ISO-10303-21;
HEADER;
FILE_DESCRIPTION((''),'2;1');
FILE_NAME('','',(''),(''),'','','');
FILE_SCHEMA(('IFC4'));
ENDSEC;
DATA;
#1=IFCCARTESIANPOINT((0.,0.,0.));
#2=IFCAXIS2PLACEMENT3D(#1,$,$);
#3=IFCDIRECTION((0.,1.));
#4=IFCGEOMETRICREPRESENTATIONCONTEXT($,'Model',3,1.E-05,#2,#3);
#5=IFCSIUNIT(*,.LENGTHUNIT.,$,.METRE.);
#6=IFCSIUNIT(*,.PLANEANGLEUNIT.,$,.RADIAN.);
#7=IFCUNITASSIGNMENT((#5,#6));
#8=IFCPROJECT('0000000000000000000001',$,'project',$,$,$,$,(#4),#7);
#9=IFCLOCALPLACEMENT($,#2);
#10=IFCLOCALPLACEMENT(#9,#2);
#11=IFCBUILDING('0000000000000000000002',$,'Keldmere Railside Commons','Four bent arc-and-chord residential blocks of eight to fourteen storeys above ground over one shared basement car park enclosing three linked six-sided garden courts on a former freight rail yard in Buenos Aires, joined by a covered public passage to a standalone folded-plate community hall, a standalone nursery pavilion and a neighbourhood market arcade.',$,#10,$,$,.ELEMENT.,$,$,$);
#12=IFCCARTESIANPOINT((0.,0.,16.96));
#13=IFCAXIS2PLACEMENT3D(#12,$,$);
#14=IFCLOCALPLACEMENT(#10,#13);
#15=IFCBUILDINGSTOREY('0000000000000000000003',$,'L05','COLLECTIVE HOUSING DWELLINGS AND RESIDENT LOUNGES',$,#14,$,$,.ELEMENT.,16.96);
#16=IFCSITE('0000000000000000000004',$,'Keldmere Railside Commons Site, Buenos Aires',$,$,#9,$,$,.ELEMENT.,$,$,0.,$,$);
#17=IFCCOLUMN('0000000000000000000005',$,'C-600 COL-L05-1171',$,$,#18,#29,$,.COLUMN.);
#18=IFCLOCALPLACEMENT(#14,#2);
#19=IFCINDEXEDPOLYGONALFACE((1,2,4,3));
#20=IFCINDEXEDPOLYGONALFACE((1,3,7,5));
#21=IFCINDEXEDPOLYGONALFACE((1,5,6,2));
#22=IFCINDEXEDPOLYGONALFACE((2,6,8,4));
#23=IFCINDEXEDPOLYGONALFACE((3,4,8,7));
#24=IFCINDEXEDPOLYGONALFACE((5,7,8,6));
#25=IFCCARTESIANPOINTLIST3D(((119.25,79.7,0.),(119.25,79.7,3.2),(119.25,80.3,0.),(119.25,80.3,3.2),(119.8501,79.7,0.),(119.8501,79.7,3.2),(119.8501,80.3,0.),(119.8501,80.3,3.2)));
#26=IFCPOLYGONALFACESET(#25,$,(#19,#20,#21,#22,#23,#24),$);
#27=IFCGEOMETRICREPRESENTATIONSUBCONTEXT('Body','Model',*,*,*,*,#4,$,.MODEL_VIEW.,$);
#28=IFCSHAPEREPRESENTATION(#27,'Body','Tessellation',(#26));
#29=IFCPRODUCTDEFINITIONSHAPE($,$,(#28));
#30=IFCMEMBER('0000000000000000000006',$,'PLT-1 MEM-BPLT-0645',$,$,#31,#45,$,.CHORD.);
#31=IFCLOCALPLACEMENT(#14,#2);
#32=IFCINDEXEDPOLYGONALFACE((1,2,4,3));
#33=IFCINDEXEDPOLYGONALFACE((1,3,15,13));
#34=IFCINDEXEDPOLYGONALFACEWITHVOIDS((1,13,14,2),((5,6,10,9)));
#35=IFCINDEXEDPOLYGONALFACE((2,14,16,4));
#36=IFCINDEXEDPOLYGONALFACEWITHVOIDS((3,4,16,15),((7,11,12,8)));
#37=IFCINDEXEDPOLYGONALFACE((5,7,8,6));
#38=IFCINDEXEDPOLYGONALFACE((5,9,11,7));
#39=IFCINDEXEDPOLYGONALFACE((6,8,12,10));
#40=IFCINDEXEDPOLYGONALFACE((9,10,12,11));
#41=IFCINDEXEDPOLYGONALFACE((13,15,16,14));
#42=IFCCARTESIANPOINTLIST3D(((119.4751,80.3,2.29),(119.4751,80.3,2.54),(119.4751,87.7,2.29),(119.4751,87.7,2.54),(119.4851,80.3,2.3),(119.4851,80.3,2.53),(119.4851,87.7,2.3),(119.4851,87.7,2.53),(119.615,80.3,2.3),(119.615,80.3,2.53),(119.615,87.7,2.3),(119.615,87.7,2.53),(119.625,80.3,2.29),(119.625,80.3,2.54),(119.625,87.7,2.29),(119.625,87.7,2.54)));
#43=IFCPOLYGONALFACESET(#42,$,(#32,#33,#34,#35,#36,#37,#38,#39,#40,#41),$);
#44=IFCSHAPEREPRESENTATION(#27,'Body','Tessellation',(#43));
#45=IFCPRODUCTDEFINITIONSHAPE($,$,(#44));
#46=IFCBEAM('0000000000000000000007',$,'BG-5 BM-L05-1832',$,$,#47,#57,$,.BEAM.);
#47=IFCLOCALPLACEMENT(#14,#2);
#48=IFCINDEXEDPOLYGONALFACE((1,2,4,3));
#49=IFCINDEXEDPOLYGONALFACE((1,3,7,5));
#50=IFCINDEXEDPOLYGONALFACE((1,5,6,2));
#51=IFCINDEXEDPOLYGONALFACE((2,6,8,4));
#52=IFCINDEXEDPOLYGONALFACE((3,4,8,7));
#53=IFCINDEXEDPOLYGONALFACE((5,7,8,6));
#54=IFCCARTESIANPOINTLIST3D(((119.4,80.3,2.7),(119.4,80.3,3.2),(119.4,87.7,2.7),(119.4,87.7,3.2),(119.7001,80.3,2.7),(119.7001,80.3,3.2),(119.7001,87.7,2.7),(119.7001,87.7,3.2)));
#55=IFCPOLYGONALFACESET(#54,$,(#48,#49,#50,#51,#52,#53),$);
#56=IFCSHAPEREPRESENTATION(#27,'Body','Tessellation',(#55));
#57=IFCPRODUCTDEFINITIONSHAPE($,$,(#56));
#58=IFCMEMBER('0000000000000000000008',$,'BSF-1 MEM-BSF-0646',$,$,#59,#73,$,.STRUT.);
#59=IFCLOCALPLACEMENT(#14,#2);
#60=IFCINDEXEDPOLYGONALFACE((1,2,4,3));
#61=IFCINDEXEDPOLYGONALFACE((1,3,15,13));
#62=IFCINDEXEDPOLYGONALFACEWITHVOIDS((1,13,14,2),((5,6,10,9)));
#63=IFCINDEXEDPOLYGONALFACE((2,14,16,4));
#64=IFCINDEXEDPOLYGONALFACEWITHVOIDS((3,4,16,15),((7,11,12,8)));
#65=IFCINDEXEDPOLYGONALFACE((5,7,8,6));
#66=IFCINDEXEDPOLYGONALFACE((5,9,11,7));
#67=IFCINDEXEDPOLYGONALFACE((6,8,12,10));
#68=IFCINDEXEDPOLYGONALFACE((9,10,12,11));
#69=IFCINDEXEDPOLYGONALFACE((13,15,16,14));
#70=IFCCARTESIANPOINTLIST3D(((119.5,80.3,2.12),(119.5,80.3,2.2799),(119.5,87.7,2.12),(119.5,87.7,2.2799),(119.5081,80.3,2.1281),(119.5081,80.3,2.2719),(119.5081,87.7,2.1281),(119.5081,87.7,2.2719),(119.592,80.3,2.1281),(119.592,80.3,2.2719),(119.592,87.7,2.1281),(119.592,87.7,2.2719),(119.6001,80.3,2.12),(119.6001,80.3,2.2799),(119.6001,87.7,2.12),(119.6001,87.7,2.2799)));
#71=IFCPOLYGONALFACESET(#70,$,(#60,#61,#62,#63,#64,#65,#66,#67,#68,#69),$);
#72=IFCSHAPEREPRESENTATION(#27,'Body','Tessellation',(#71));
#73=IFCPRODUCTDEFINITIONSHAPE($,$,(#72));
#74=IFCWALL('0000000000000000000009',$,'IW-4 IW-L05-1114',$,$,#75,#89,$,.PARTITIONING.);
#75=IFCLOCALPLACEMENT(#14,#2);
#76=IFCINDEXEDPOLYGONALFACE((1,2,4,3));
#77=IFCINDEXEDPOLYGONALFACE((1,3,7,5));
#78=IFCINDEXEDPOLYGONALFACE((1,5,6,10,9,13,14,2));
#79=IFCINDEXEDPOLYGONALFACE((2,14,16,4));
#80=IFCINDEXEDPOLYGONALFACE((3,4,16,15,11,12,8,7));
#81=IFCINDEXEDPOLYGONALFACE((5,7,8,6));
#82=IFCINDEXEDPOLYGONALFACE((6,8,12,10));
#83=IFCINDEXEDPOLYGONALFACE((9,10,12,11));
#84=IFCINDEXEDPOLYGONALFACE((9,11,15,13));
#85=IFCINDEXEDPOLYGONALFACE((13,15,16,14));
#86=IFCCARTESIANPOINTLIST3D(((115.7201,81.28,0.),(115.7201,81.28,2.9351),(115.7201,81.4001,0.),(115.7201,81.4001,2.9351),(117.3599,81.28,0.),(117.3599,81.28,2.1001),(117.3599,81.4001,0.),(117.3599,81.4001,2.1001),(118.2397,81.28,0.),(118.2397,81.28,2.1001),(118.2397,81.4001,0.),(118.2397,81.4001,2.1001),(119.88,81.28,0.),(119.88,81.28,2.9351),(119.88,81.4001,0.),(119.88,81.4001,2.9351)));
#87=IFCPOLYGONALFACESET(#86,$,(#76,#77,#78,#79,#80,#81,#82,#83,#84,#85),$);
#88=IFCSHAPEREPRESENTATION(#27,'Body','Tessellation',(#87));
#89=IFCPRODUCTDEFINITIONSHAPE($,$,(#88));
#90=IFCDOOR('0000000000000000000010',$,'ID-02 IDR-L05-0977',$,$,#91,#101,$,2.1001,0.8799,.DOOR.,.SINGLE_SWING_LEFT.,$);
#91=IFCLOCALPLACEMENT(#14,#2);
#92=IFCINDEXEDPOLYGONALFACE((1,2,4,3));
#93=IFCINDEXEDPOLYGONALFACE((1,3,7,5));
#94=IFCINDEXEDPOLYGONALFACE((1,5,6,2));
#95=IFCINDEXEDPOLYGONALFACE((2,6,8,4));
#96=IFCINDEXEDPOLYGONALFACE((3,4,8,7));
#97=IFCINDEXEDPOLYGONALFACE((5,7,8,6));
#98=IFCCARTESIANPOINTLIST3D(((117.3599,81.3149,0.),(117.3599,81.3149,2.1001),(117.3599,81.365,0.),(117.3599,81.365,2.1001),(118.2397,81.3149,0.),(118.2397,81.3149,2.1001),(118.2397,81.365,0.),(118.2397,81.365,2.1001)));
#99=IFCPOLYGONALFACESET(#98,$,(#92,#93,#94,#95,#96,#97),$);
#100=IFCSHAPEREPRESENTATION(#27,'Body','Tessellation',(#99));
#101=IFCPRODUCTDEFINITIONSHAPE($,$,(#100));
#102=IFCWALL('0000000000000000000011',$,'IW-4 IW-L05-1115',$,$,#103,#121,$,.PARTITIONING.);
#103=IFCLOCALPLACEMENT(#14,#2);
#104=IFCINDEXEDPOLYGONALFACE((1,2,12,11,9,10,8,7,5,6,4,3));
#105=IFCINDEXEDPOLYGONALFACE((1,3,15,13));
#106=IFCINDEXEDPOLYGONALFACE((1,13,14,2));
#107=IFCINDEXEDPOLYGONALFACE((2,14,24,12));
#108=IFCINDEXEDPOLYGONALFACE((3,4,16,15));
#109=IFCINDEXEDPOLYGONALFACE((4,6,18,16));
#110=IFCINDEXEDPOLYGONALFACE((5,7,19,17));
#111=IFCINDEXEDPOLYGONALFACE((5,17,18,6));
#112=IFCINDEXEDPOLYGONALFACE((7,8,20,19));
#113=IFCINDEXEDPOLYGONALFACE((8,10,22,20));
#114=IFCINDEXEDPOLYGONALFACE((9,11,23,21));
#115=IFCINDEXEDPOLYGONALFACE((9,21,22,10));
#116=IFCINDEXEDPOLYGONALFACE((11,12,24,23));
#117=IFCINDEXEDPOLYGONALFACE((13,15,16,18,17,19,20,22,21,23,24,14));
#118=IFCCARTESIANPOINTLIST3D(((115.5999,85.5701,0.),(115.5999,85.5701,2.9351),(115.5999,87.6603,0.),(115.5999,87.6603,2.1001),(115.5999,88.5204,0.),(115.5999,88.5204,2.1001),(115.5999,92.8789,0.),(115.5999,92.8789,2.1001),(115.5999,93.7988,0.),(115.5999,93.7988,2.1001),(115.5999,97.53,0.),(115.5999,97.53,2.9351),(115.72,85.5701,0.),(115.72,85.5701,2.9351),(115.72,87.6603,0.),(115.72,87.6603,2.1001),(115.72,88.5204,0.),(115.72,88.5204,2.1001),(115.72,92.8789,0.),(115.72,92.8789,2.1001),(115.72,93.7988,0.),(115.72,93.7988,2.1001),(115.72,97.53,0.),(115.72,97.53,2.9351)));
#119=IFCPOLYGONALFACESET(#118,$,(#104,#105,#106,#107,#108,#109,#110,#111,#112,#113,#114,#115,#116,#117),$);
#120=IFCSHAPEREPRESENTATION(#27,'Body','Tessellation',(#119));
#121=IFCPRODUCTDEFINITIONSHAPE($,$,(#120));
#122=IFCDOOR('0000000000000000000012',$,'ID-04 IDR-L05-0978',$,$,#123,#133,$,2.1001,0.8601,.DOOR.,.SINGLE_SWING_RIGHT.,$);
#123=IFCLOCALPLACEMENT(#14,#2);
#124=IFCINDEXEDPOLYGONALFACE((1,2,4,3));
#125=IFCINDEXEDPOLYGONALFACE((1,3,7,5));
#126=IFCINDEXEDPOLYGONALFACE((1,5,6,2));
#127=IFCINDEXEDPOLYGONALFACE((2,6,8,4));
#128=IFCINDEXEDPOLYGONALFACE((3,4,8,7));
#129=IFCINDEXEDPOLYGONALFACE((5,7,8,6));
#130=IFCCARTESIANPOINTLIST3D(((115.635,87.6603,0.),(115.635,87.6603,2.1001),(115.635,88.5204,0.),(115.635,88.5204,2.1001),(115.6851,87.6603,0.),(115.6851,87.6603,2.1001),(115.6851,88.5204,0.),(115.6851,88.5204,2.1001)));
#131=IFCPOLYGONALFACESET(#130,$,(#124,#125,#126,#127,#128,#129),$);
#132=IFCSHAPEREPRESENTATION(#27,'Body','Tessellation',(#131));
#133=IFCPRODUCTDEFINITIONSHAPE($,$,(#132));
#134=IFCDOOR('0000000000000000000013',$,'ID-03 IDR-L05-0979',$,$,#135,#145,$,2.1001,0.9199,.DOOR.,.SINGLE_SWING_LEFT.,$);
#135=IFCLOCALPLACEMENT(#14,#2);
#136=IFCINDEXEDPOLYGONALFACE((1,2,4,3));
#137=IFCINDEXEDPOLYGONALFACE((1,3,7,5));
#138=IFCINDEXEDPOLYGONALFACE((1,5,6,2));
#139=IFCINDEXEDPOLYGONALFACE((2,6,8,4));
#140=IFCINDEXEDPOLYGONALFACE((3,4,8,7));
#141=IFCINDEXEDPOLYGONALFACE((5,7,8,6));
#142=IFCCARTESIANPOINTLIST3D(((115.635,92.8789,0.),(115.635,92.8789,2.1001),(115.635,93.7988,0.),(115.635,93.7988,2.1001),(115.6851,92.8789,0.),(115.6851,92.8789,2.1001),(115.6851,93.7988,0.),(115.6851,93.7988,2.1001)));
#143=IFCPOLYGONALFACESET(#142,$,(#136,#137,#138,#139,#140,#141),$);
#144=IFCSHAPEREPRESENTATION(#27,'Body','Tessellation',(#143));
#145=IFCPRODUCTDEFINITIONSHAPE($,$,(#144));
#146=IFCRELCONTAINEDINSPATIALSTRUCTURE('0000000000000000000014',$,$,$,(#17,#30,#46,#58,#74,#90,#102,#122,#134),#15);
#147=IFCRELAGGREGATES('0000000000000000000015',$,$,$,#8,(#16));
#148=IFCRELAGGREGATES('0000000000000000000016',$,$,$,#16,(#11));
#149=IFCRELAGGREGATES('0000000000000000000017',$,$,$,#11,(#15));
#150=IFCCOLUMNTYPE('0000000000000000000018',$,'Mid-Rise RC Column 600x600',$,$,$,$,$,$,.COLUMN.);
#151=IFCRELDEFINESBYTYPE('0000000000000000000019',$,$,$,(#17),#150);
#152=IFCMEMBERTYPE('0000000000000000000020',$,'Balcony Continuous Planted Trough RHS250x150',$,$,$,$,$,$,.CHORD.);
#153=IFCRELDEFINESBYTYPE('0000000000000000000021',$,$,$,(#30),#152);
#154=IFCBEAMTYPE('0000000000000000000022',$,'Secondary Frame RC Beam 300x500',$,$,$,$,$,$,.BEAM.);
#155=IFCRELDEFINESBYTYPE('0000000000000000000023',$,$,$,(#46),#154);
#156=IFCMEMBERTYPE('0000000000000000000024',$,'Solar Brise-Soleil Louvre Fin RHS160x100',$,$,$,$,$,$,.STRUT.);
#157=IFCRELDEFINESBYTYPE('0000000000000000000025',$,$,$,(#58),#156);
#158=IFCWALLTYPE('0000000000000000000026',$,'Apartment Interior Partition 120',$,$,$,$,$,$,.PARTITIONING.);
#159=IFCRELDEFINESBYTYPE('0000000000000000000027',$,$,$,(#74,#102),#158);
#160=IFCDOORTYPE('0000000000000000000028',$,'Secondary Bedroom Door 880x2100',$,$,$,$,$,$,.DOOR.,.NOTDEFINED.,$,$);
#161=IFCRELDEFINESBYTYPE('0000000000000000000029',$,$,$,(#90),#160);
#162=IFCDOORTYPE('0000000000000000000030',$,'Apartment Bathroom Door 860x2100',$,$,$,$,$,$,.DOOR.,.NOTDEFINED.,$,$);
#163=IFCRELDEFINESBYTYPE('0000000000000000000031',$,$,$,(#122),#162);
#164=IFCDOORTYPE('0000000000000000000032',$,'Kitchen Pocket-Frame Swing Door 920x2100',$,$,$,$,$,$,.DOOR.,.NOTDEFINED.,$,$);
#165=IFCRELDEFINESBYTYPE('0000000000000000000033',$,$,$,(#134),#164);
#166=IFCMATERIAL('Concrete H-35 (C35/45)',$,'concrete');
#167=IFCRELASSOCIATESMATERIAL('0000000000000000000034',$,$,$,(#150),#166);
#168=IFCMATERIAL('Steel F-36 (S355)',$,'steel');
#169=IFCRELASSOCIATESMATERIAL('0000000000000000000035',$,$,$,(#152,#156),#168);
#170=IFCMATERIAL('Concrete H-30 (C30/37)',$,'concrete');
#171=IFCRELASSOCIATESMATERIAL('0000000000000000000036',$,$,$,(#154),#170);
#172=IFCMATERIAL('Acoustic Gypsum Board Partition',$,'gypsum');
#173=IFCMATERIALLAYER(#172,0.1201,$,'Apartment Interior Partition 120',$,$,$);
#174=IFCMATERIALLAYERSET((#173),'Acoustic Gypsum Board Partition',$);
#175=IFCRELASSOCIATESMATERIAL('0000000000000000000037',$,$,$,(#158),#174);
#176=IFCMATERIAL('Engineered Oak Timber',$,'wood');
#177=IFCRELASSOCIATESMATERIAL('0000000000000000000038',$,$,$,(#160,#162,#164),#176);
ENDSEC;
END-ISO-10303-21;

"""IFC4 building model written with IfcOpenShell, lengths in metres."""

from ifc_helpers import new_model, si_unit, direction, frame, frame_2d, origin, origin_2d, place, context, subcontext, project, spatial, rectangle, hollow_rectangle, extrude, material, layer, layer_set, material_profile, profile_set, type_object, element, fill, save


model = new_model("IFC4")

# Units and contexts
model_context = context("Model", 3, precision=1e-05, world=origin(), true_north=direction((0.0, 1.0)))
body_context = subcontext(model_context, "Body", "Model", "MODEL_VIEW")
ifc_project = project(units=[si_unit("LENGTHUNIT", "METRE"), si_unit("PLANEANGLEUNIT", "RADIAN")], contexts=[model_context])

# Site, building, storey
site_placement = place(None, origin())
site = spatial("IfcSite", under=ifc_project, at=site_placement, Name="Keldmere Railside Commons Site, Buenos Aires", CompositionType="ELEMENT", RefElevation=0.0)
building_placement = place(site_placement, origin())
building = spatial("IfcBuilding", under=site, at=building_placement, Name="Keldmere Railside Commons", Description="Four bent arc-and-chord residential blocks of eight to fourteen storeys above ground over one shared basement car park enclosing three linked six-sided garden courts on a former freight rail yard in Buenos Aires, joined by a covered public passage to a standalone folded-plate community hall, a standalone nursery pavilion and a neighbourhood market arcade.", CompositionType="ELEMENT")
storey_placement = place(building_placement, frame((0.0, 0.0, 16.96)))
storey = spatial("IfcBuildingStorey", under=building, at=storey_placement, Name="L05", Description="COLLECTIVE HOUSING DWELLINGS AND RESIDENT LOUNGES", CompositionType="ELEMENT", Elevation=16.96)

# Column
ifc_material_1 = material(Name="Concrete H-35 (C35/45)", Category="concrete")
ifc_material_profile_1 = material_profile(ifc_material_1, rectangle(XDim=0.6001, YDim=0.6001, at=origin_2d()), Name="RC-600x600")
ifc_profile_set_1 = profile_set([ifc_material_profile_1], Name="Concrete H-35 (C35/45)")
column_type = type_object("IfcColumnType", Name="Mid-Rise RC Column 600x600", PredefinedType="COLUMN", material=ifc_profile_set_1)
column_placement = place(storey_placement, frame((119.55, 80.0, 0.0), z_axis=(0.0, 0.0, 1.0), x_axis=(1.0, 0.0, 0.0)))
element("IfcColumn", 1, at=column_placement, inside=storey, type_object=column_type, Name="C-600 COL-L05-1171", PredefinedType="COLUMN", context=body_context, shape_type="SweptSolid", body=[
    extrude(rectangle(XDim=0.6001, YDim=0.6001, at=origin_2d()), origin(), (0.0, 0.0, 1.0), 3.2),
])

# Member
ifc_material_2 = material(Name="Steel F-36 (S355)", Category="steel")
ifc_material_profile_2 = material_profile(ifc_material_2, hollow_rectangle(XDim=0.1499, YDim=0.25, WallThickness=0.01, at=origin_2d()), Name="RHS-250x150x10")
ifc_profile_set_2 = profile_set([ifc_material_profile_2], Name="Steel F-36 (S355)")
member_type_1 = type_object("IfcMemberType", Name="Balcony Continuous Planted Trough RHS250x150", PredefinedType="CHORD", material=ifc_profile_set_2)
member_1_placement = place(storey_placement, frame((119.55, 80.3, 2.415), z_axis=(0.0, 1.0, 0.0), x_axis=(-1.0, 0.0, 0.0)))
element("IfcMember", 2, at=member_1_placement, inside=storey, type_object=member_type_1, Name="PLT-1 MEM-BPLT-0645", PredefinedType="CHORD", context=body_context, shape_type="SweptSolid", body=[
    extrude(hollow_rectangle(XDim=0.1499, YDim=0.25, WallThickness=0.01, at=origin_2d()), origin(), (0.0, 0.0, 1.0), 7.3999),
])

# Beam
ifc_material_3 = material(Name="Concrete H-30 (C30/37)", Category="concrete")
ifc_material_profile_3 = material_profile(ifc_material_3, rectangle(XDim=0.3, YDim=0.5, at=origin_2d()), Name="RC-300x500")
ifc_profile_set_3 = profile_set([ifc_material_profile_3], Name="Concrete H-30 (C30/37)")
beam_type = type_object("IfcBeamType", Name="Secondary Frame RC Beam 300x500", PredefinedType="BEAM", material=ifc_profile_set_3)
beam_placement = place(storey_placement, frame((119.55, 80.3, 2.95), z_axis=(0.0, 1.0, 0.0), x_axis=(-1.0, 0.0, 0.0)))
element("IfcBeam", 3, at=beam_placement, inside=storey, type_object=beam_type, Name="BG-5 BM-L05-1832", PredefinedType="BEAM", context=body_context, shape_type="SweptSolid", body=[
    extrude(rectangle(XDim=0.3, YDim=0.5, at=origin_2d()), origin(), (0.0, 0.0, 1.0), 7.3999),
])

# Member
ifc_material_profile_4 = material_profile(ifc_material_2, hollow_rectangle(XDim=0.1001, YDim=0.1599, WallThickness=0.0081, at=origin_2d()), Name="RHS-160x100x8")
ifc_profile_set_4 = profile_set([ifc_material_profile_4], Name="Steel F-36 (S355)")
member_type_2 = type_object("IfcMemberType", Name="Solar Brise-Soleil Louvre Fin RHS160x100", PredefinedType="STRUT", material=ifc_profile_set_4)
member_2_placement = place(storey_placement, frame((119.55, 80.3, 2.2), z_axis=(0.0, 1.0, 0.0), x_axis=(-1.0, 0.0, 0.0)))
element("IfcMember", 4, at=member_2_placement, inside=storey, type_object=member_type_2, Name="BSF-1 MEM-BSF-0646", PredefinedType="STRUT", context=body_context, shape_type="SweptSolid", body=[
    extrude(hollow_rectangle(XDim=0.1001, YDim=0.1599, WallThickness=0.0081, at=origin_2d()), origin(), (0.0, 0.0, 1.0), 7.3999),
])

# Wall, opening, door
ifc_material_4 = material(Name="Acoustic Gypsum Board Partition", Category="gypsum")
ifc_layer = layer(ifc_material_4, 0.1201, Name="Apartment Interior Partition 120")
ifc_layer_set = layer_set([ifc_layer], Name="Acoustic Gypsum Board Partition")
wall_type = type_object("IfcWallType", Name="Apartment Interior Partition 120", PredefinedType="PARTITIONING", material=ifc_layer_set)
wall_1_placement = place(storey_placement, frame((115.72, 81.3401, 0.0), z_axis=(0.0, 0.0, 1.0), x_axis=(1.0, 0.0, 0.0)))
wall_1 = element("IfcWall", 5, at=wall_1_placement, inside=storey, type_object=wall_type, Name="IW-4 IW-L05-1114", PredefinedType="PARTITIONING", context=body_context, shape_type="SweptSolid", body=[
    extrude(rectangle(XDim=4.1599, YDim=0.1201, at=frame_2d((2.0801, 0.0))), origin(), (0.0, 0.0, 1.0), 2.9351),
])
opening_1_placement = place(wall_1_placement, frame((1.6399, 0.0, 0.0)))
opening_1 = element("IfcOpeningElement", 6, at=opening_1_placement, cuts=wall_1, PredefinedType="OPENING", context=body_context, shape_type="SweptSolid", body=[
    extrude(rectangle(XDim=0.8799, YDim=2.1001, at=frame_2d((0.4399, 1.05))), frame((0.0, 0.0701, 0.0), z_axis=(0.0, -1.0, 0.0), x_axis=(1.0, 0.0, 0.0)), (0.0, 0.0, 1.0), 0.1401),
])
ifc_material_5 = material(Name="Engineered Oak Timber", Category="wood")
door_type_1 = type_object("IfcDoorType", Name="Secondary Bedroom Door 880x2100", OperationType="NOTDEFINED", PredefinedType="DOOR", material=ifc_material_5)
door_1_placement = place(opening_1_placement, origin())
door_1 = element("IfcDoor", 7, at=door_1_placement, inside=storey, type_object=door_type_1, Name="ID-02 IDR-L05-0977", OperationType="SINGLE_SWING_LEFT", OverallHeight=2.1001, OverallWidth=0.8799, PredefinedType="DOOR", context=body_context, shape_type="SweptSolid", body=[
    extrude(rectangle(XDim=0.8799, YDim=2.1001, at=frame_2d((0.4399, 1.05))), frame((0.0, 0.0249, 0.0), z_axis=(0.0, -1.0, 0.0), x_axis=(1.0, 0.0, 0.0)), (0.0, 0.0, 1.0), 0.05),
])
fill(opening_1, door_1)

# Wall, openings, doors
wall_2_placement = place(storey_placement, frame((115.6599, 85.5701, 0.0), z_axis=(0.0, 0.0, 1.0), x_axis=(0.0, 1.0, 0.0)))
wall_2 = element("IfcWall", 8, at=wall_2_placement, inside=storey, type_object=wall_type, Name="IW-4 IW-L05-1115", PredefinedType="PARTITIONING", context=body_context, shape_type="SweptSolid", body=[
    extrude(rectangle(XDim=11.96, YDim=0.1201, at=frame_2d((5.98, 0.0))), origin(), (0.0, 0.0, 1.0), 2.9351),
])
opening_2_placement = place(wall_2_placement, frame((2.0901, 0.0, 0.0)))
opening_2 = element("IfcOpeningElement", 9, at=opening_2_placement, cuts=wall_2, PredefinedType="OPENING", context=body_context, shape_type="SweptSolid", body=[
    extrude(rectangle(XDim=0.8601, YDim=2.1001, at=frame_2d((0.4302, 1.05))), frame((0.0, 0.0701, 0.0), z_axis=(0.0, -1.0, 0.0), x_axis=(1.0, 0.0, 0.0)), (0.0, 0.0, 1.0), 0.1401),
])
opening_3_placement = place(wall_2_placement, frame((7.3088, 0.0, 0.0)))
opening_3 = element("IfcOpeningElement", 10, at=opening_3_placement, cuts=wall_2, PredefinedType="OPENING", context=body_context, shape_type="SweptSolid", body=[
    extrude(rectangle(XDim=0.9199, YDim=2.1001, at=frame_2d((0.46, 1.05))), frame((0.0, 0.0701, 0.0), z_axis=(0.0, -1.0, 0.0), x_axis=(1.0, 0.0, 0.0)), (0.0, 0.0, 1.0), 0.1401),
])
door_type_2 = type_object("IfcDoorType", Name="Apartment Bathroom Door 860x2100", OperationType="NOTDEFINED", PredefinedType="DOOR", material=ifc_material_5)
door_2_placement = place(opening_2_placement, origin())
door_2 = element("IfcDoor", 11, at=door_2_placement, inside=storey, type_object=door_type_2, Name="ID-04 IDR-L05-0978", OperationType="SINGLE_SWING_RIGHT", OverallHeight=2.1001, OverallWidth=0.8601, PredefinedType="DOOR", context=body_context, shape_type="SweptSolid", body=[
    extrude(rectangle(XDim=0.8601, YDim=2.1001, at=frame_2d((0.4302, 1.05))), frame((0.0, 0.0249, 0.0), z_axis=(0.0, -1.0, 0.0), x_axis=(1.0, 0.0, 0.0)), (0.0, 0.0, 1.0), 0.05),
])
fill(opening_2, door_2)
door_type_3 = type_object("IfcDoorType", Name="Kitchen Pocket-Frame Swing Door 920x2100", OperationType="NOTDEFINED", PredefinedType="DOOR", material=ifc_material_5)
door_3_placement = place(opening_3_placement, origin())
door_3 = element("IfcDoor", 12, at=door_3_placement, inside=storey, type_object=door_type_3, Name="ID-03 IDR-L05-0979", OperationType="SINGLE_SWING_LEFT", OverallHeight=2.1001, OverallWidth=0.9199, PredefinedType="DOOR", context=body_context, shape_type="SweptSolid", body=[
    extrude(rectangle(XDim=0.9199, YDim=2.1001, at=frame_2d((0.46, 1.05))), frame((0.0, 0.0249, 0.0), z_axis=(0.0, -1.0, 0.0), x_axis=(1.0, 0.0, 0.0)), (0.0, 0.0, 1.0), 0.05),
])
fill(opening_3, door_3)

save(model, "model.ifc")
